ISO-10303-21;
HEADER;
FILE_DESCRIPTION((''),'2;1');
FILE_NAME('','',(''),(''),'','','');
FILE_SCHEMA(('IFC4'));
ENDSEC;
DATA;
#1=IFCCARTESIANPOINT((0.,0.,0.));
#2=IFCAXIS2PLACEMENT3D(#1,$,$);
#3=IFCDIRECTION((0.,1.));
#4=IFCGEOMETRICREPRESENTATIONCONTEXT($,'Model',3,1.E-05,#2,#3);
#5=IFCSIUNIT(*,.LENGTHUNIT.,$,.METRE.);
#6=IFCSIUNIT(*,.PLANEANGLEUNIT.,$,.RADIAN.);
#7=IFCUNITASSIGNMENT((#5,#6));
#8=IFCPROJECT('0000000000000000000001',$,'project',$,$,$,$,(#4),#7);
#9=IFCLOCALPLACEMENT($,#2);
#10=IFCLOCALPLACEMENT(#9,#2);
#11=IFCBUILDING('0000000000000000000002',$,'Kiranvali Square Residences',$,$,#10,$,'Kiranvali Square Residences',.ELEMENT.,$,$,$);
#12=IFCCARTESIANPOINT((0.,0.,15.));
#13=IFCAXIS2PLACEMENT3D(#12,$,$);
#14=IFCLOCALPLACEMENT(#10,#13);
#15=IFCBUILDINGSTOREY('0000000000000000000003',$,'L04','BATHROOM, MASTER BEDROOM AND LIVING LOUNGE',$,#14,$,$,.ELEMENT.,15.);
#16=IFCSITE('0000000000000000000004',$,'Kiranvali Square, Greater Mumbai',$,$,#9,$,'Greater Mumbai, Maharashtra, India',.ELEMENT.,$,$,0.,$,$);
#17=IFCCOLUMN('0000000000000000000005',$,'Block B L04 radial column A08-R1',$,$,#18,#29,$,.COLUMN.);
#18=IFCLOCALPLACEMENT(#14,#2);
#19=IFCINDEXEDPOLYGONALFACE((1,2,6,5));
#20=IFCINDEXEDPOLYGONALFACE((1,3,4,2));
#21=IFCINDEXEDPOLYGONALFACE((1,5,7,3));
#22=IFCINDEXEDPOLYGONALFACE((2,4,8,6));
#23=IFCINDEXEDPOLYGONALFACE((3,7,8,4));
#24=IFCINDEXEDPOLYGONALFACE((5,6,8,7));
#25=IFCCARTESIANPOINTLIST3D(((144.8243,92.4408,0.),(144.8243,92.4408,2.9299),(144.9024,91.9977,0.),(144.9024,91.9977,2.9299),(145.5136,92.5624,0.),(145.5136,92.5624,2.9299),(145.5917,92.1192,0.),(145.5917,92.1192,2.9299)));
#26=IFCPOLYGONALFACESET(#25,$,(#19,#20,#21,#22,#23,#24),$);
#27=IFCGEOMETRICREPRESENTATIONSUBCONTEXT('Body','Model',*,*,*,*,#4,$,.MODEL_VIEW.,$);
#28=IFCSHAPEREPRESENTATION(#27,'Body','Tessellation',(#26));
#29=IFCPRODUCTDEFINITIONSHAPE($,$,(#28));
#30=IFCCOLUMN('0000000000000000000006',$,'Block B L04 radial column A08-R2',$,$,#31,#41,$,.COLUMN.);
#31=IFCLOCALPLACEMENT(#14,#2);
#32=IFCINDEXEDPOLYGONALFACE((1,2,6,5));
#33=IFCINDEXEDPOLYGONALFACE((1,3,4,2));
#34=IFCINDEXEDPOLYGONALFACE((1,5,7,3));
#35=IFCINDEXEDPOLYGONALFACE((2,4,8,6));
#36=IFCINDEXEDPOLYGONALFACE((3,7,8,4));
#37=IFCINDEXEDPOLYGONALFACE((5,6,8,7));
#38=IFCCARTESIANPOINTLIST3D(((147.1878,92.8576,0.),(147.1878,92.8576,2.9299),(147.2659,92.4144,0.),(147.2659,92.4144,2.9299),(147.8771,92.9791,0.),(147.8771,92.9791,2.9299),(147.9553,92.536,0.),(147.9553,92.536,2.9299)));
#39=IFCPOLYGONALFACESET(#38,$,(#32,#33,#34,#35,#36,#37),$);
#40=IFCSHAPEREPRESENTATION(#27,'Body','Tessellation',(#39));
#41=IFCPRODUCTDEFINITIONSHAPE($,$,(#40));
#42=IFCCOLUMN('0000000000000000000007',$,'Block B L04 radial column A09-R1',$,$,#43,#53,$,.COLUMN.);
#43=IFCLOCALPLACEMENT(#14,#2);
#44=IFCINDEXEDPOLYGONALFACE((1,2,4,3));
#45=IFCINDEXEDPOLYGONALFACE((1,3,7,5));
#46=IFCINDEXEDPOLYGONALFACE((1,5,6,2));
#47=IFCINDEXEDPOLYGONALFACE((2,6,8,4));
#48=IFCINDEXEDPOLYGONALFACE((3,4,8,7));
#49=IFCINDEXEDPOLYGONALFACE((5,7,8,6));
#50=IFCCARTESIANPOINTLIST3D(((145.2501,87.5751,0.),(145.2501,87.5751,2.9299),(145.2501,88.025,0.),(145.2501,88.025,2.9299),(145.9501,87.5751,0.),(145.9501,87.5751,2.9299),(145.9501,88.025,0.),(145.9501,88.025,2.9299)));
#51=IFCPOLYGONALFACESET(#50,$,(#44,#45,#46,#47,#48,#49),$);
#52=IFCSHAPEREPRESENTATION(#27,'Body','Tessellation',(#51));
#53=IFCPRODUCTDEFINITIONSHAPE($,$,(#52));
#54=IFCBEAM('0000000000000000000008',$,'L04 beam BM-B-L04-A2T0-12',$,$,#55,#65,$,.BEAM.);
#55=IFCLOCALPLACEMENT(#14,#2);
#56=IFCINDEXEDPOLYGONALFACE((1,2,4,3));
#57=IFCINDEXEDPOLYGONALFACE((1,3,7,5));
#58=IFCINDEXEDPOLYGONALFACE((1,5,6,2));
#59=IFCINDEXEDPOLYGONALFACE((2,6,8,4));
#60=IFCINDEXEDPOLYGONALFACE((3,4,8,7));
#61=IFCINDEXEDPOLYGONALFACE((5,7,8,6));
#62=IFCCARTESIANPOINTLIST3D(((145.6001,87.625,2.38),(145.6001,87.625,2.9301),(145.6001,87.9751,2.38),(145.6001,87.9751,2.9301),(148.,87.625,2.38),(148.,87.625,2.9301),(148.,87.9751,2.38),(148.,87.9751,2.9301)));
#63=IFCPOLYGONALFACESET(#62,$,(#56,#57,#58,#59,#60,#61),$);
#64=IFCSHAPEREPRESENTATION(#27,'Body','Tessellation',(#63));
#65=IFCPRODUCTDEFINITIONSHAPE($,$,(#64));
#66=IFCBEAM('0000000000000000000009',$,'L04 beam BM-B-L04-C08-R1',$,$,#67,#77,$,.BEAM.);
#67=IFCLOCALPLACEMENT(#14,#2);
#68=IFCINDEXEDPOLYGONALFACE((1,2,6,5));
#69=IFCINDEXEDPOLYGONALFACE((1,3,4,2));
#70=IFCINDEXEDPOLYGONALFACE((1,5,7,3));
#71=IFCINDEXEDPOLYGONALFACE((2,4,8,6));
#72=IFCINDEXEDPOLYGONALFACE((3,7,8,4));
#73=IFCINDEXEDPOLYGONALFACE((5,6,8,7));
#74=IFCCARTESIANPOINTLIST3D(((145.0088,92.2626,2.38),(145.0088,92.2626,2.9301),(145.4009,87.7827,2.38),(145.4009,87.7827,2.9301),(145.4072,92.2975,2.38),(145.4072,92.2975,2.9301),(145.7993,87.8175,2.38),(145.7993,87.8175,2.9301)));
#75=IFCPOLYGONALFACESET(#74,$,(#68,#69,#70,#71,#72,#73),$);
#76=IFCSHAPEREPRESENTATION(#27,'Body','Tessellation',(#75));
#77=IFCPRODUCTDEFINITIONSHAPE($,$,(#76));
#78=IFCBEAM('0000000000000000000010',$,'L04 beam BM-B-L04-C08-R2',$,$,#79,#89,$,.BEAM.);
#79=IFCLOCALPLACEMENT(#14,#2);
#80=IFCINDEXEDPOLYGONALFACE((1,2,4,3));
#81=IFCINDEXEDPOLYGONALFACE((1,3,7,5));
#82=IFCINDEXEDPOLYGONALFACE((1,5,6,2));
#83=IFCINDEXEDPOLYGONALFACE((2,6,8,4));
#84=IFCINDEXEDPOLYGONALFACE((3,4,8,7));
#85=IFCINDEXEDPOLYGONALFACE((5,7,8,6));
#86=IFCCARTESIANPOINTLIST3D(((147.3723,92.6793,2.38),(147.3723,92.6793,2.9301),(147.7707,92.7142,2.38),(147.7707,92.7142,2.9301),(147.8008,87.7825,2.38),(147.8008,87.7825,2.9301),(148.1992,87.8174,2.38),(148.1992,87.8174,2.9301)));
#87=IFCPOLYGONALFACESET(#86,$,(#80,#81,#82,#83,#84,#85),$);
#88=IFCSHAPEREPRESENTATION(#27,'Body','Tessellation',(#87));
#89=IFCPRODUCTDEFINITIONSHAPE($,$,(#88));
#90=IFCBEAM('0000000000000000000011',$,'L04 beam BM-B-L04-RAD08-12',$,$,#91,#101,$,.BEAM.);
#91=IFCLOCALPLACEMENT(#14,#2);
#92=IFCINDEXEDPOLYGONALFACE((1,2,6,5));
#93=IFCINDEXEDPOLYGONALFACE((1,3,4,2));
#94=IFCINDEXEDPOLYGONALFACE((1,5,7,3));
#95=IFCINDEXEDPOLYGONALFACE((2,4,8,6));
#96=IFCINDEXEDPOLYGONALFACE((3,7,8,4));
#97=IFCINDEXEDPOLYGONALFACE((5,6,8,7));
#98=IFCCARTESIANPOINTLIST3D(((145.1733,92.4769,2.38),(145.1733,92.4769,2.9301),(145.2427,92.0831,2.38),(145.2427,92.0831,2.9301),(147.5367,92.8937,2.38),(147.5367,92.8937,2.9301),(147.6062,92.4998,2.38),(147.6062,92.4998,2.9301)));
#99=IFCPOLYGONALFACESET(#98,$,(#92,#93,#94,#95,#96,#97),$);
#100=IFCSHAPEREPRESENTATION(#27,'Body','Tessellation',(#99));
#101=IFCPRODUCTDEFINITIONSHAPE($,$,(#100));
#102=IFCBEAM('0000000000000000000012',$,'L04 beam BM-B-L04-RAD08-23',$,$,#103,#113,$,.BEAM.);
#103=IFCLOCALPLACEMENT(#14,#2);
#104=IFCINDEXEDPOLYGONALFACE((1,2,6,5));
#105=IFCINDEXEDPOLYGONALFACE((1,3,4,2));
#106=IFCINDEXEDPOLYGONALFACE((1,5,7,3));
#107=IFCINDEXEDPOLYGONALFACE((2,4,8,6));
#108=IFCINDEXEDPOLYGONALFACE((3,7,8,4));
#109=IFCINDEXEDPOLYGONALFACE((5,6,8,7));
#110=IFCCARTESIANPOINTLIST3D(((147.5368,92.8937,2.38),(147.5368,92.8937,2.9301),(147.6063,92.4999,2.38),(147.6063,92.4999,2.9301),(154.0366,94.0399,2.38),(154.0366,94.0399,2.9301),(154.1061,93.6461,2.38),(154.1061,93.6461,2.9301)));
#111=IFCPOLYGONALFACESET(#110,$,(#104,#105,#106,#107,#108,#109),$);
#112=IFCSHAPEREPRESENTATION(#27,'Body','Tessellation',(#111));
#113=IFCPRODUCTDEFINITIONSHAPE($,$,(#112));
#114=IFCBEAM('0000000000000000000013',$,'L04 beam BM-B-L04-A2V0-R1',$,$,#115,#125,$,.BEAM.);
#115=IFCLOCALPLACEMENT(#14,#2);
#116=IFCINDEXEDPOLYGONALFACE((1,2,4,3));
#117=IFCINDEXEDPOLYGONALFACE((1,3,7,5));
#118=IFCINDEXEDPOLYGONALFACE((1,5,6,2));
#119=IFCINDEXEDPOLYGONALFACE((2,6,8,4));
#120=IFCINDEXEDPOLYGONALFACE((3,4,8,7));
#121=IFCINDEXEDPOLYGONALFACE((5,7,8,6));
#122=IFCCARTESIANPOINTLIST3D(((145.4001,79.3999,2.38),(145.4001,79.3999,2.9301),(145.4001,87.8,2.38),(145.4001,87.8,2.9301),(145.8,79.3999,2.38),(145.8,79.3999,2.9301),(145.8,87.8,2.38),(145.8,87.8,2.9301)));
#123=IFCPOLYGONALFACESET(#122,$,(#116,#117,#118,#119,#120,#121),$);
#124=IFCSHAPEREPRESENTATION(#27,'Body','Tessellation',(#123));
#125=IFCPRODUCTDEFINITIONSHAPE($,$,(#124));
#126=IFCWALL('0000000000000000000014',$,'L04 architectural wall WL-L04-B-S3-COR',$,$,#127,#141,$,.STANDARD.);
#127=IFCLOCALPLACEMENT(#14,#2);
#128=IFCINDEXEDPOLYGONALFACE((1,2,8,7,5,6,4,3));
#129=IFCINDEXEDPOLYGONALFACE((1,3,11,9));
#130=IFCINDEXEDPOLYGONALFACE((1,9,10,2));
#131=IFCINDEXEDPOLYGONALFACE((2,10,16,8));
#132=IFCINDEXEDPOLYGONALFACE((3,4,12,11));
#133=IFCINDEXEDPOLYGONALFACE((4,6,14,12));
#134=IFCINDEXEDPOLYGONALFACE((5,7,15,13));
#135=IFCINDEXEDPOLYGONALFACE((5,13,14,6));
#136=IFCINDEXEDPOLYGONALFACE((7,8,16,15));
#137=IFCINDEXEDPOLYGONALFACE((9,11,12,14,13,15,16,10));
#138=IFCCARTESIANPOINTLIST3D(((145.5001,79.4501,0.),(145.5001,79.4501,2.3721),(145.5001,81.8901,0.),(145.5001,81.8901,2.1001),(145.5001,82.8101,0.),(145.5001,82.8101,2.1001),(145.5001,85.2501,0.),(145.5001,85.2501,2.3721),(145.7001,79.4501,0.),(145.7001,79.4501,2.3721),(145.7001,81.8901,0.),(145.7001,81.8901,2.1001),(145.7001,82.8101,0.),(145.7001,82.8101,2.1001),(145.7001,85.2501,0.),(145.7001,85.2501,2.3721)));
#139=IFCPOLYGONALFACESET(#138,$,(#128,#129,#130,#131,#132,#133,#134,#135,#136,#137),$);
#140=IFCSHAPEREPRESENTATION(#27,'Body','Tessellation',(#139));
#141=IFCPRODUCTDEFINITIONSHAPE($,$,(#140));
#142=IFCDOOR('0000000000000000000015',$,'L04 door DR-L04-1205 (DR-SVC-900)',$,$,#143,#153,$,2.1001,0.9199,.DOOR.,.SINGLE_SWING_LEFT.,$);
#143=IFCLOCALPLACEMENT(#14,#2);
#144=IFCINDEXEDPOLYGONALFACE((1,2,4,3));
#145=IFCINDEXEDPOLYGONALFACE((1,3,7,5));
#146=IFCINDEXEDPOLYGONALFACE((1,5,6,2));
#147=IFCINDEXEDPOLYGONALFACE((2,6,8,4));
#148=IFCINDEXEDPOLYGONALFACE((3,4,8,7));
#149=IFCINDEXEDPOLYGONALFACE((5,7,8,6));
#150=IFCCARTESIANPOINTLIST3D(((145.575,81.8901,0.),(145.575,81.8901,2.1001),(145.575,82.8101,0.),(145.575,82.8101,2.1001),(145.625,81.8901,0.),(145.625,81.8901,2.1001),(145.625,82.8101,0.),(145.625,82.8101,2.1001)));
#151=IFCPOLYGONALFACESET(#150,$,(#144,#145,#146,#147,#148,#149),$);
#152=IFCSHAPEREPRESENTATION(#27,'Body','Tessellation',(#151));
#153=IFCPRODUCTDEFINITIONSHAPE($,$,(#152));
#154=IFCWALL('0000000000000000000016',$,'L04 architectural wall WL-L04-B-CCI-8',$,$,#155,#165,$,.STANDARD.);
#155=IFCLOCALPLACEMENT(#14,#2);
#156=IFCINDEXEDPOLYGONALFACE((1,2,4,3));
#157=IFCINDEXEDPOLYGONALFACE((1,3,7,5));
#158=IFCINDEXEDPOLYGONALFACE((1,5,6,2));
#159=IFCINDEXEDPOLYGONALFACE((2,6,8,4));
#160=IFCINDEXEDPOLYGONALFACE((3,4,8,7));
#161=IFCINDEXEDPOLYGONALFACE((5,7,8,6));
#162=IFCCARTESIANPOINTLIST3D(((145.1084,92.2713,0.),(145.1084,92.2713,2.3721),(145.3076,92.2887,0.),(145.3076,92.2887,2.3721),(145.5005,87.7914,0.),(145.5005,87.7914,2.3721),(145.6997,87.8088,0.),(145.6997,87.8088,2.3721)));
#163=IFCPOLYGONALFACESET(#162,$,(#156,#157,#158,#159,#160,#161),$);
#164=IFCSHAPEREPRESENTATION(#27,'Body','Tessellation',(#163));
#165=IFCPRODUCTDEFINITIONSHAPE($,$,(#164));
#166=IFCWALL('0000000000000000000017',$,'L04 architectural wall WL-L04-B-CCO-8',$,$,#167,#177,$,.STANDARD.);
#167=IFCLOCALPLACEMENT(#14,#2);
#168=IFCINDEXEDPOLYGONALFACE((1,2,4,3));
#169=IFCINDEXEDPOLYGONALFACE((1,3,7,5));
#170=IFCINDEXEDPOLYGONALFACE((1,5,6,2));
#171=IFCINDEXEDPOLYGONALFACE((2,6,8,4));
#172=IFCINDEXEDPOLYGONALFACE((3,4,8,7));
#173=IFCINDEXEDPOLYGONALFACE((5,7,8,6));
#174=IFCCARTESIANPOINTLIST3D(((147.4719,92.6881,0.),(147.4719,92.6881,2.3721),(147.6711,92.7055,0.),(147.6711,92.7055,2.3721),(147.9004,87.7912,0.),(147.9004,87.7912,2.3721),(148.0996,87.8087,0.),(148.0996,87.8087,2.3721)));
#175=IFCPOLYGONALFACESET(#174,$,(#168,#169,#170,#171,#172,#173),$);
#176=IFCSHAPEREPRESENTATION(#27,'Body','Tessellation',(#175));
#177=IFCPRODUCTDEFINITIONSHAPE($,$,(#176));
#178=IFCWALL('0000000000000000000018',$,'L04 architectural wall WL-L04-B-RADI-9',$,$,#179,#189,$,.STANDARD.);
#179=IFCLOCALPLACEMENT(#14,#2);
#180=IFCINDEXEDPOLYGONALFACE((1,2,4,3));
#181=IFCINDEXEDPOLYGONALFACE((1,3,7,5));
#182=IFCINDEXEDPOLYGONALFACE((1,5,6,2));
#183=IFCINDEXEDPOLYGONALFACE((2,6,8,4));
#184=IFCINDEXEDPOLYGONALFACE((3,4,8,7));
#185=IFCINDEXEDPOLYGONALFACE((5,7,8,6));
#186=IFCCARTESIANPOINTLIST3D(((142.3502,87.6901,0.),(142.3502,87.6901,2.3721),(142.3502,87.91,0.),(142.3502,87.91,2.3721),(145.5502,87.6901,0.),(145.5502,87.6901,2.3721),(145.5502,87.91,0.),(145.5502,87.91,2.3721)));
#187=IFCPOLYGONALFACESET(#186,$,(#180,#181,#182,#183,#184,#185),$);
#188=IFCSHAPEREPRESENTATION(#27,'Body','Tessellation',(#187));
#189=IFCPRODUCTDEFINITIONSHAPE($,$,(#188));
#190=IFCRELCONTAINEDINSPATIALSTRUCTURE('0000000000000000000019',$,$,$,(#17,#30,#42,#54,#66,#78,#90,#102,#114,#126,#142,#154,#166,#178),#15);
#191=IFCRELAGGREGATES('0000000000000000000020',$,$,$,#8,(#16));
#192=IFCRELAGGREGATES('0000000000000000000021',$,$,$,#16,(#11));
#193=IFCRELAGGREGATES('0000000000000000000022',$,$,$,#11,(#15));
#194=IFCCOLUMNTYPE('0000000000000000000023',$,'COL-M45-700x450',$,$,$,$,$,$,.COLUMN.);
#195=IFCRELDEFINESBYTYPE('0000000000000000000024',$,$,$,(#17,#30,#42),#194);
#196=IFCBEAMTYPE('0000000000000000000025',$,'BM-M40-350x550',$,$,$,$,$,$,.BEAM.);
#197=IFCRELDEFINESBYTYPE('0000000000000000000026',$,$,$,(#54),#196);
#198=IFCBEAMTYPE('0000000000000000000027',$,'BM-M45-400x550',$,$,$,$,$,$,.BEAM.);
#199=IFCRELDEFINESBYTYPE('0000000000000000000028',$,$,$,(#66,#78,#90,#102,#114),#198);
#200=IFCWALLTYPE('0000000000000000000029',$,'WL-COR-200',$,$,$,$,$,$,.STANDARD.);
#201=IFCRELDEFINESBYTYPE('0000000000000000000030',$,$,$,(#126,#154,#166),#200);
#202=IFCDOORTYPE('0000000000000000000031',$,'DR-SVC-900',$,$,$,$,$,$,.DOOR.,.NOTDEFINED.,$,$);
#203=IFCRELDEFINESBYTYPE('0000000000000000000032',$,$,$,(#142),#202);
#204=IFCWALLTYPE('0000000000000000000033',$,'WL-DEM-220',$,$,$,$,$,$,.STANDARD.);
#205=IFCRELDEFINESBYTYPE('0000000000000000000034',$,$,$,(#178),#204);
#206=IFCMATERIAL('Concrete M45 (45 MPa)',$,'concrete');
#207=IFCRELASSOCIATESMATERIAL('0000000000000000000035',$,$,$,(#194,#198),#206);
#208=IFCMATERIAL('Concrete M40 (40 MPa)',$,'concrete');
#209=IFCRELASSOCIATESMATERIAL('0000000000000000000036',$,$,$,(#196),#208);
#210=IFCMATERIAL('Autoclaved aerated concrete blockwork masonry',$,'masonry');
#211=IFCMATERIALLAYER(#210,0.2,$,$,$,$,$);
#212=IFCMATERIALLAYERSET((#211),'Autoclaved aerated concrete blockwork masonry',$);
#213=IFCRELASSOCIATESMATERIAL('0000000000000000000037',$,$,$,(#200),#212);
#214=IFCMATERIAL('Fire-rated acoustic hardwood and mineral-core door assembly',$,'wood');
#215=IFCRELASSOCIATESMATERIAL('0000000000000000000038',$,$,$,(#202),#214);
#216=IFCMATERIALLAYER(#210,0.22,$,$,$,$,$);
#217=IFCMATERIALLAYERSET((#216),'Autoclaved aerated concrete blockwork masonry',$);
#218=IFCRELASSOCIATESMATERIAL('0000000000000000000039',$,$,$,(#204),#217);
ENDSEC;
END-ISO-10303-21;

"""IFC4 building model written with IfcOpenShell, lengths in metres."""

from ifc_helpers import new_model, si_unit, direction, frame, frame_2d, origin, origin_2d, place, context, subcontext, project, spatial, rectangle, extrude, material, layer, layer_set, material_profile, profile_set, type_object, element, fill, save


model = new_model("IFC4")

# Units and contexts
model_context = context("Model", 3, precision=1e-05, world=origin(), true_north=direction((0.0, 1.0)))
body_context = subcontext(model_context, "Body", "Model", "MODEL_VIEW")
ifc_project = project(units=[si_unit("LENGTHUNIT", "METRE"), si_unit("PLANEANGLEUNIT", "RADIAN")], contexts=[model_context])

# Site, building, storey
site_placement = place(None, origin())
site = spatial("IfcSite", under=ifc_project, at=site_placement, Name="Kiranvali Square, Greater Mumbai", LongName="Greater Mumbai, Maharashtra, India", CompositionType="ELEMENT", RefElevation=0.0)
building_placement = place(site_placement, origin())
building = spatial("IfcBuilding", under=site, at=building_placement, Name="Kiranvali Square Residences", LongName="Kiranvali Square Residences", CompositionType="ELEMENT")
storey_placement = place(building_placement, frame((0.0, 0.0, 15.0)))
storey = spatial("IfcBuildingStorey", under=building, at=storey_placement, Name="L04", Description="BATHROOM, MASTER BEDROOM AND LIVING LOUNGE", CompositionType="ELEMENT", Elevation=15.0)

# Columns
ifc_material_1 = material(Name="Concrete M45 (45 MPa)", Category="concrete")
ifc_material_profile_1 = material_profile(ifc_material_1, rectangle(XDim=0.45, YDim=0.7, at=origin_2d()), Name="RC 700x450")
ifc_profile_set_1 = profile_set([ifc_material_profile_1], Name="Concrete M45 (45 MPa)")
column_type = type_object("IfcColumnType", Name="COL-M45-700x450", PredefinedType="COLUMN", material=ifc_profile_set_1)
for number, where, z_axis, x_axis, name in (
    (1, (145.208, 92.28, 0.0), (0.0, 0.0, 1.0), (-0.173648, 0.984808, 0.0), "Block B L04 radial column A08-R1"),
    (2, (147.5715, 92.6968, 0.0), (0.0, 0.0, 1.0), (-0.173648, 0.984808, 0.0), "Block B L04 radial column A08-R2"),
    (3, (145.6001, 87.8, 0.0), (0.0, 0.0, 1.0), (0.0, 1.0, 0.0), "Block B L04 radial column A09-R1"),
):
    element("IfcColumn", number, at=place(storey_placement, frame(where, z_axis=z_axis, x_axis=x_axis)), inside=storey, type_object=column_type, Name=name, PredefinedType="COLUMN", context=body_context, shape_type="SweptSolid", body=[
        extrude(rectangle(XDim=0.45, YDim=0.7, at=origin_2d()), origin(), (0.0, 0.0, 1.0), 2.9299),
    ])

# Beams
ifc_material_2 = material(Name="Concrete M40 (40 MPa)", Category="concrete")
ifc_material_profile_2 = material_profile(ifc_material_2, rectangle(XDim=0.3501, YDim=0.55, at=origin_2d()), Name="RC 350x550")
ifc_profile_set_2 = profile_set([ifc_material_profile_2], Name="Concrete M40 (40 MPa)")
beam_type_1 = type_object("IfcBeamType", Name="BM-M40-350x550", PredefinedType="BEAM", material=ifc_profile_set_2)
beam_1_placement = place(storey_placement, frame((145.6001, 87.8, 2.655), z_axis=(1.0, 0.0, 0.0), x_axis=(0.0, 1.0, 0.0)))
element("IfcBeam", 4, at=beam_1_placement, inside=storey, type_object=beam_type_1, Name="L04 beam BM-B-L04-A2T0-12", PredefinedType="BEAM", context=body_context, shape_type="SweptSolid", body=[
    extrude(rectangle(XDim=0.3501, YDim=0.55, at=origin_2d()), origin(), (0.0, 0.0, 1.0), 2.3999),
])
ifc_material_profile_3 = material_profile(ifc_material_1, rectangle(XDim=0.3999, YDim=0.55, at=origin_2d()), Name="RC 400x550")
ifc_profile_set_3 = profile_set([ifc_material_profile_3], Name="Concrete M45 (45 MPa)")
beam_type_2 = type_object("IfcBeamType", Name="BM-M45-400x550", PredefinedType="BEAM", material=ifc_profile_set_3)
beam_2_placement = place(storey_placement, frame((145.208, 92.28, 2.655), z_axis=(0.087187, -0.996192, 0.0), x_axis=(0.996192, 0.087187, 0.0)))
element("IfcBeam", 5, at=beam_2_placement, inside=storey, type_object=beam_type_2, Name="L04 beam BM-B-L04-C08-R1", PredefinedType="BEAM", context=body_context, shape_type="SweptSolid", body=[
    extrude(rectangle(XDim=0.3999, YDim=0.55, at=origin_2d()), origin(), (0.0, 0.0, 1.0), 4.4971),
])
beam_3_placement = place(storey_placement, frame((147.5715, 92.6968, 2.655), z_axis=(0.087168, -0.996194, 0.0), x_axis=(0.996194, 0.087168, 0.0)))
element("IfcBeam", 6, at=beam_3_placement, inside=storey, type_object=beam_type_2, Name="L04 beam BM-B-L04-C08-R2", PredefinedType="BEAM", context=body_context, shape_type="SweptSolid", body=[
    extrude(rectangle(XDim=0.3999, YDim=0.55, at=origin_2d()), origin(), (0.0, 0.0, 1.0), 4.9155),
])
beam_4_placement = place(storey_placement, frame((145.208, 92.28, 2.655), z_axis=(0.984808, 0.173646, 0.0), x_axis=(-0.173646, 0.984808, 0.0)))
element("IfcBeam", 7, at=beam_4_placement, inside=storey, type_object=beam_type_2, Name="L04 beam BM-B-L04-RAD08-12", PredefinedType="BEAM", context=body_context, shape_type="SweptSolid", body=[
    extrude(rectangle(XDim=0.3999, YDim=0.55, at=origin_2d()), origin(), (0.0, 0.0, 1.0), 2.3999),
])
beam_5_placement = place(storey_placement, frame((147.5715, 92.6968, 2.655), z_axis=(0.984804, 0.173671, 0.0), x_axis=(-0.173671, 0.984804, 0.0)))
element("IfcBeam", 8, at=beam_5_placement, inside=storey, type_object=beam_type_2, Name="L04 beam BM-B-L04-RAD08-23", PredefinedType="BEAM", context=body_context, shape_type="SweptSolid", body=[
    extrude(rectangle(XDim=0.3999, YDim=0.55, at=origin_2d()), origin(), (0.0, 0.0, 1.0), 6.6001),
])
beam_6_placement = place(storey_placement, frame((145.6001, 87.8, 2.655), z_axis=(0.0, -1.0, 0.0), x_axis=(1.0, 0.0, 0.0)))
element("IfcBeam", 9, at=beam_6_placement, inside=storey, type_object=beam_type_2, Name="L04 beam BM-B-L04-A2V0-R1", PredefinedType="BEAM", context=body_context, shape_type="SweptSolid", body=[
    extrude(rectangle(XDim=0.3999, YDim=0.55, at=origin_2d()), origin(), (0.0, 0.0, 1.0), 8.4001),
])

# Wall, opening, door
ifc_material_3 = material(Name="Autoclaved aerated concrete blockwork masonry", Category="masonry")
ifc_layer_1 = layer(ifc_material_3, 0.2)
ifc_layer_set_1 = layer_set([ifc_layer_1], Name="Autoclaved aerated concrete blockwork masonry")
wall_type_1 = type_object("IfcWallType", Name="WL-COR-200", PredefinedType="STANDARD", material=ifc_layer_set_1)
ifc_material_4 = material(Name="Fire-rated acoustic hardwood and mineral-core door assembly", Category="wood")
wall_1_placement = place(storey_placement, frame((145.6001, 85.25, 0.0), z_axis=(0.0, 0.0, 1.0), x_axis=(0.0, -1.0, 0.0)))
wall_1 = element("IfcWall", 10, at=wall_1_placement, inside=storey, type_object=wall_type_1, Name="L04 architectural wall WL-L04-B-S3-COR", PredefinedType="STANDARD", context=body_context, shape_type="SweptSolid", body=[
    extrude(rectangle(XDim=5.8, YDim=0.2, at=frame_2d((2.8999, 0.0))), origin(), (0.0, 0.0, 1.0), 2.3721),
])
opening_1_placement = place(wall_1_placement, frame((2.4399, 0.0, 0.0)))
opening_1 = element("IfcOpeningElement", 11, at=opening_1_placement, cuts=wall_1, PredefinedType="OPENING", context=body_context, shape_type="SweptSolid", body=[
    extrude(rectangle(XDim=0.9199, YDim=2.1001, at=frame_2d((0.46, 1.05))), frame((0.0, 0.1099, 0.0), z_axis=(0.0, -1.0, 0.0), x_axis=(1.0, 0.0, 0.0)), (0.0, 0.0, 1.0), 0.22),
])
door_type_1 = type_object("IfcDoorType", Name="DR-SVC-900", OperationType="NOTDEFINED", PredefinedType="DOOR", material=ifc_material_4)
door_1_placement = place(opening_1_placement, origin())
door_1 = element("IfcDoor", 12, at=door_1_placement, inside=storey, type_object=door_type_1, Name="L04 door DR-L04-1205 (DR-SVC-900)", OperationType="SINGLE_SWING_LEFT", OverallHeight=2.1001, OverallWidth=0.9199, PredefinedType="DOOR", context=body_context, shape_type="SweptSolid", body=[
    extrude(rectangle(XDim=0.9199, YDim=2.1001, at=frame_2d((0.46, 1.05))), frame((0.0, 0.0249, 0.0), z_axis=(0.0, -1.0, 0.0), x_axis=(1.0, 0.0, 0.0)), (0.0, 0.0, 1.0), 0.05),
])
fill(opening_1, door_1)

# Walls
wall_2_placement = place(storey_placement, frame((145.208, 92.28, 0.0), z_axis=(0.0, 0.0, 1.0), x_axis=(0.087187, -0.996192, 0.0)))
element("IfcWall", 13, at=wall_2_placement, inside=storey, type_object=wall_type_1, Name="L04 architectural wall WL-L04-B-CCI-8", PredefinedType="STANDARD", context=body_context, shape_type="SweptSolid", body=[
    extrude(rectangle(XDim=4.4971, YDim=0.2, at=frame_2d((2.2485, 0.0))), origin(), (0.0, 0.0, 1.0), 2.3721),
])
wall_3_placement = place(storey_placement, frame((147.5715, 92.6968, 0.0), z_axis=(0.0, 0.0, 1.0), x_axis=(0.087168, -0.996194, 0.0)))
element("IfcWall", 14, at=wall_3_placement, inside=storey, type_object=wall_type_1, Name="L04 architectural wall WL-L04-B-CCO-8", PredefinedType="STANDARD", context=body_context, shape_type="SweptSolid", body=[
    extrude(rectangle(XDim=4.9155, YDim=0.2, at=frame_2d((2.4578, 0.0))), origin(), (0.0, 0.0, 1.0), 2.3721),
])
ifc_layer_2 = layer(ifc_material_3, 0.22)
ifc_layer_set_2 = layer_set([ifc_layer_2], Name="Autoclaved aerated concrete blockwork masonry")
wall_type_2 = type_object("IfcWallType", Name="WL-DEM-220", PredefinedType="STANDARD", material=ifc_layer_set_2)
wall_4_placement = place(storey_placement, frame((142.3501, 87.8, 0.0), z_axis=(0.0, 0.0, 1.0), x_axis=(1.0, 0.0, 0.0)))
element("IfcWall", 15, at=wall_4_placement, inside=storey, type_object=wall_type_2, Name="L04 architectural wall WL-L04-B-RADI-9", PredefinedType="STANDARD", context=body_context, shape_type="SweptSolid", body=[
    extrude(rectangle(XDim=3.2, YDim=0.22, at=frame_2d((1.6001, 0.0))), origin(), (0.0, 0.0, 1.0), 2.3721),
])

save(model, "model.ifc")
